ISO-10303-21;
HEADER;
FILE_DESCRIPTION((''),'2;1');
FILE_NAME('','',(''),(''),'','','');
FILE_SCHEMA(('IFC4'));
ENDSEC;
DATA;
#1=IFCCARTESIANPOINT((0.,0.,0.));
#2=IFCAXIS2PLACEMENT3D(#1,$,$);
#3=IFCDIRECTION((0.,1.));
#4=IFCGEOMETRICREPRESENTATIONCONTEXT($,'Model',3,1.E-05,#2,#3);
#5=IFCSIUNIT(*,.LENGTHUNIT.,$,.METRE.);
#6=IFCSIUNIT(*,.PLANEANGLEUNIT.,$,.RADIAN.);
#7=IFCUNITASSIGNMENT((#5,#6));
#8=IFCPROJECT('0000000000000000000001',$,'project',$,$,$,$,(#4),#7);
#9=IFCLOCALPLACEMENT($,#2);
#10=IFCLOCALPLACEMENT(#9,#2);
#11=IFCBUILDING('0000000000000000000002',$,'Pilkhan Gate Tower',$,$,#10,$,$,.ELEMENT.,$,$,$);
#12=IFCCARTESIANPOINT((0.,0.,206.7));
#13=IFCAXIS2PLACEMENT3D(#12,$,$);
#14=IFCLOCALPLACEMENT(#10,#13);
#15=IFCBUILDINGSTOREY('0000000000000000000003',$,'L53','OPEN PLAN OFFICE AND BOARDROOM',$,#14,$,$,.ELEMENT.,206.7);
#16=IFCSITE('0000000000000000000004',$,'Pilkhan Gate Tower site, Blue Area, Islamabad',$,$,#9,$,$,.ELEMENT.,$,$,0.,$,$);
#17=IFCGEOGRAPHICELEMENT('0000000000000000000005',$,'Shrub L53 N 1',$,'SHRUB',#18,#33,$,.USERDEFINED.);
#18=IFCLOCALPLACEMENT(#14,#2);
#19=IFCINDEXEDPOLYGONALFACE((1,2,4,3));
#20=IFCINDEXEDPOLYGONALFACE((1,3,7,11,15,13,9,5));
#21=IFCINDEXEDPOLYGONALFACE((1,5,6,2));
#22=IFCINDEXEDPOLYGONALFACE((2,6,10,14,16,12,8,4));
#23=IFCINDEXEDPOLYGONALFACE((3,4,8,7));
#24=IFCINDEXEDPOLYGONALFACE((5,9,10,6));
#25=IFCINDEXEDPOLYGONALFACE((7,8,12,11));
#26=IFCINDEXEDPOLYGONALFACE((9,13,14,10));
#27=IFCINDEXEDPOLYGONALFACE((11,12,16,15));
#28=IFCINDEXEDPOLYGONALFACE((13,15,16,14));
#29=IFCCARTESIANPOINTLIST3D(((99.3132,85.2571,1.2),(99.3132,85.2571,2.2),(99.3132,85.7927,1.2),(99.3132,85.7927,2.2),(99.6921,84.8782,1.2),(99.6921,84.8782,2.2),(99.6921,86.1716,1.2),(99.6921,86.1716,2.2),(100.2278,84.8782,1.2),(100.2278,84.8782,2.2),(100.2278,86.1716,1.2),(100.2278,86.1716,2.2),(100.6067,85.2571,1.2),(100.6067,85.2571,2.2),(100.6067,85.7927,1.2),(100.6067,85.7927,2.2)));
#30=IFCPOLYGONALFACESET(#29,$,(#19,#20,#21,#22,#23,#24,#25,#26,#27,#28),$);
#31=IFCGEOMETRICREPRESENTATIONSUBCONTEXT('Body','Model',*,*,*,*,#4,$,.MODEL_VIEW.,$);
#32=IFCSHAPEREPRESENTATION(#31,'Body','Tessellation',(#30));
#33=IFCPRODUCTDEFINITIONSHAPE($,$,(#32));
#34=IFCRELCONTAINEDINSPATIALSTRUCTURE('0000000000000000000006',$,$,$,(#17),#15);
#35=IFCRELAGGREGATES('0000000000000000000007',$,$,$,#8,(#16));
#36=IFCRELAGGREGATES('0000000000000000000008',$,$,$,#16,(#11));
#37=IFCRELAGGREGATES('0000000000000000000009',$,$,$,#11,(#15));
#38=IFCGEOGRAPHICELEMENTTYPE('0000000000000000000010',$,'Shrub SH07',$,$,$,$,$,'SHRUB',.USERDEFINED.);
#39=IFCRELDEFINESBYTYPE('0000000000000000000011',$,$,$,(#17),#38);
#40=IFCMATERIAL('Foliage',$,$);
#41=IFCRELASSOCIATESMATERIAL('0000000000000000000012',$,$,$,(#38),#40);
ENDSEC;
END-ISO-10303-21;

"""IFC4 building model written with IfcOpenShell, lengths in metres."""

from ifc_helpers import new_model, si_unit, direction, frame, origin, place, context, subcontext, project, spatial, polyline, outline, extrude, material, material_profile, profile_set, type_object, element, save


model = new_model("IFC4")

# Units and contexts
model_context = context("Model", 3, precision=1e-05, world=origin(), true_north=direction((0.0, 1.0)))
body_context = subcontext(model_context, "Body", "Model", "MODEL_VIEW")
ifc_project = project(units=[si_unit("LENGTHUNIT", "METRE"), si_unit("PLANEANGLEUNIT", "RADIAN")], contexts=[model_context])

# Site, building, storey
site_placement = place(None, origin())
site = spatial("IfcSite", under=ifc_project, at=site_placement, Name="Pilkhan Gate Tower site, Blue Area, Islamabad", CompositionType="ELEMENT", RefElevation=0.0)
building_placement = place(site_placement, origin())
building = spatial("IfcBuilding", under=site, at=building_placement, Name="Pilkhan Gate Tower", CompositionType="ELEMENT")
storey_placement = place(building_placement, frame((0.0, 0.0, 206.7)))
storey = spatial("IfcBuildingStorey", under=building, at=storey_placement, Name="L53", Description="OPEN PLAN OFFICE AND BOARDROOM", CompositionType="ELEMENT", Elevation=206.7)

# Geographic element
ifc_material_1 = material(Name="Foliage")
ifc_material_profile_1 = material_profile(ifc_material_1, outline(polyline([(0.6467, 0.2678), (0.2678, 0.6467), (-0.2678, 0.6467), (-0.6467, 0.2678), (-0.6467, -0.2678), (-0.2678, -0.6467), (0.2678, -0.6467), (0.6467, -0.2678), (0.6467, 0.2678)])), Name="Shrub D1.4")
ifc_profile_set_1 = profile_set([ifc_material_profile_1], Name="Foliage")
geographic_element_type_1 = type_object("IfcGeographicElementType", Name="Shrub SH07", ElementType="SHRUB", PredefinedType="USERDEFINED", material=ifc_profile_set_1)
geographic_element_1_placement = place(storey_placement, frame((99.96, 85.5249, 1.2), z_axis=(0.0, 0.0, 1.0), x_axis=(1.0, 0.0, 0.0)))
element("IfcGeographicElement", 1, at=geographic_element_1_placement, inside=storey, type_object=geographic_element_type_1, Name="Shrub L53 N 1", ObjectType="SHRUB", PredefinedType="USERDEFINED", context=body_context, shape_type="SweptSolid", body=[
    extrude(outline(polyline([(0.6467, 0.2678), (0.2678, 0.6467), (-0.2678, 0.6467), (-0.6467, 0.2678), (-0.6467, -0.2678), (-0.2678, -0.6467), (0.2678, -0.6467), (0.6467, -0.2678), (0.6467, 0.2678)])), origin(), (0.0, 0.0, 1.0), 1.0),
])

save(model, "model.ifc")
